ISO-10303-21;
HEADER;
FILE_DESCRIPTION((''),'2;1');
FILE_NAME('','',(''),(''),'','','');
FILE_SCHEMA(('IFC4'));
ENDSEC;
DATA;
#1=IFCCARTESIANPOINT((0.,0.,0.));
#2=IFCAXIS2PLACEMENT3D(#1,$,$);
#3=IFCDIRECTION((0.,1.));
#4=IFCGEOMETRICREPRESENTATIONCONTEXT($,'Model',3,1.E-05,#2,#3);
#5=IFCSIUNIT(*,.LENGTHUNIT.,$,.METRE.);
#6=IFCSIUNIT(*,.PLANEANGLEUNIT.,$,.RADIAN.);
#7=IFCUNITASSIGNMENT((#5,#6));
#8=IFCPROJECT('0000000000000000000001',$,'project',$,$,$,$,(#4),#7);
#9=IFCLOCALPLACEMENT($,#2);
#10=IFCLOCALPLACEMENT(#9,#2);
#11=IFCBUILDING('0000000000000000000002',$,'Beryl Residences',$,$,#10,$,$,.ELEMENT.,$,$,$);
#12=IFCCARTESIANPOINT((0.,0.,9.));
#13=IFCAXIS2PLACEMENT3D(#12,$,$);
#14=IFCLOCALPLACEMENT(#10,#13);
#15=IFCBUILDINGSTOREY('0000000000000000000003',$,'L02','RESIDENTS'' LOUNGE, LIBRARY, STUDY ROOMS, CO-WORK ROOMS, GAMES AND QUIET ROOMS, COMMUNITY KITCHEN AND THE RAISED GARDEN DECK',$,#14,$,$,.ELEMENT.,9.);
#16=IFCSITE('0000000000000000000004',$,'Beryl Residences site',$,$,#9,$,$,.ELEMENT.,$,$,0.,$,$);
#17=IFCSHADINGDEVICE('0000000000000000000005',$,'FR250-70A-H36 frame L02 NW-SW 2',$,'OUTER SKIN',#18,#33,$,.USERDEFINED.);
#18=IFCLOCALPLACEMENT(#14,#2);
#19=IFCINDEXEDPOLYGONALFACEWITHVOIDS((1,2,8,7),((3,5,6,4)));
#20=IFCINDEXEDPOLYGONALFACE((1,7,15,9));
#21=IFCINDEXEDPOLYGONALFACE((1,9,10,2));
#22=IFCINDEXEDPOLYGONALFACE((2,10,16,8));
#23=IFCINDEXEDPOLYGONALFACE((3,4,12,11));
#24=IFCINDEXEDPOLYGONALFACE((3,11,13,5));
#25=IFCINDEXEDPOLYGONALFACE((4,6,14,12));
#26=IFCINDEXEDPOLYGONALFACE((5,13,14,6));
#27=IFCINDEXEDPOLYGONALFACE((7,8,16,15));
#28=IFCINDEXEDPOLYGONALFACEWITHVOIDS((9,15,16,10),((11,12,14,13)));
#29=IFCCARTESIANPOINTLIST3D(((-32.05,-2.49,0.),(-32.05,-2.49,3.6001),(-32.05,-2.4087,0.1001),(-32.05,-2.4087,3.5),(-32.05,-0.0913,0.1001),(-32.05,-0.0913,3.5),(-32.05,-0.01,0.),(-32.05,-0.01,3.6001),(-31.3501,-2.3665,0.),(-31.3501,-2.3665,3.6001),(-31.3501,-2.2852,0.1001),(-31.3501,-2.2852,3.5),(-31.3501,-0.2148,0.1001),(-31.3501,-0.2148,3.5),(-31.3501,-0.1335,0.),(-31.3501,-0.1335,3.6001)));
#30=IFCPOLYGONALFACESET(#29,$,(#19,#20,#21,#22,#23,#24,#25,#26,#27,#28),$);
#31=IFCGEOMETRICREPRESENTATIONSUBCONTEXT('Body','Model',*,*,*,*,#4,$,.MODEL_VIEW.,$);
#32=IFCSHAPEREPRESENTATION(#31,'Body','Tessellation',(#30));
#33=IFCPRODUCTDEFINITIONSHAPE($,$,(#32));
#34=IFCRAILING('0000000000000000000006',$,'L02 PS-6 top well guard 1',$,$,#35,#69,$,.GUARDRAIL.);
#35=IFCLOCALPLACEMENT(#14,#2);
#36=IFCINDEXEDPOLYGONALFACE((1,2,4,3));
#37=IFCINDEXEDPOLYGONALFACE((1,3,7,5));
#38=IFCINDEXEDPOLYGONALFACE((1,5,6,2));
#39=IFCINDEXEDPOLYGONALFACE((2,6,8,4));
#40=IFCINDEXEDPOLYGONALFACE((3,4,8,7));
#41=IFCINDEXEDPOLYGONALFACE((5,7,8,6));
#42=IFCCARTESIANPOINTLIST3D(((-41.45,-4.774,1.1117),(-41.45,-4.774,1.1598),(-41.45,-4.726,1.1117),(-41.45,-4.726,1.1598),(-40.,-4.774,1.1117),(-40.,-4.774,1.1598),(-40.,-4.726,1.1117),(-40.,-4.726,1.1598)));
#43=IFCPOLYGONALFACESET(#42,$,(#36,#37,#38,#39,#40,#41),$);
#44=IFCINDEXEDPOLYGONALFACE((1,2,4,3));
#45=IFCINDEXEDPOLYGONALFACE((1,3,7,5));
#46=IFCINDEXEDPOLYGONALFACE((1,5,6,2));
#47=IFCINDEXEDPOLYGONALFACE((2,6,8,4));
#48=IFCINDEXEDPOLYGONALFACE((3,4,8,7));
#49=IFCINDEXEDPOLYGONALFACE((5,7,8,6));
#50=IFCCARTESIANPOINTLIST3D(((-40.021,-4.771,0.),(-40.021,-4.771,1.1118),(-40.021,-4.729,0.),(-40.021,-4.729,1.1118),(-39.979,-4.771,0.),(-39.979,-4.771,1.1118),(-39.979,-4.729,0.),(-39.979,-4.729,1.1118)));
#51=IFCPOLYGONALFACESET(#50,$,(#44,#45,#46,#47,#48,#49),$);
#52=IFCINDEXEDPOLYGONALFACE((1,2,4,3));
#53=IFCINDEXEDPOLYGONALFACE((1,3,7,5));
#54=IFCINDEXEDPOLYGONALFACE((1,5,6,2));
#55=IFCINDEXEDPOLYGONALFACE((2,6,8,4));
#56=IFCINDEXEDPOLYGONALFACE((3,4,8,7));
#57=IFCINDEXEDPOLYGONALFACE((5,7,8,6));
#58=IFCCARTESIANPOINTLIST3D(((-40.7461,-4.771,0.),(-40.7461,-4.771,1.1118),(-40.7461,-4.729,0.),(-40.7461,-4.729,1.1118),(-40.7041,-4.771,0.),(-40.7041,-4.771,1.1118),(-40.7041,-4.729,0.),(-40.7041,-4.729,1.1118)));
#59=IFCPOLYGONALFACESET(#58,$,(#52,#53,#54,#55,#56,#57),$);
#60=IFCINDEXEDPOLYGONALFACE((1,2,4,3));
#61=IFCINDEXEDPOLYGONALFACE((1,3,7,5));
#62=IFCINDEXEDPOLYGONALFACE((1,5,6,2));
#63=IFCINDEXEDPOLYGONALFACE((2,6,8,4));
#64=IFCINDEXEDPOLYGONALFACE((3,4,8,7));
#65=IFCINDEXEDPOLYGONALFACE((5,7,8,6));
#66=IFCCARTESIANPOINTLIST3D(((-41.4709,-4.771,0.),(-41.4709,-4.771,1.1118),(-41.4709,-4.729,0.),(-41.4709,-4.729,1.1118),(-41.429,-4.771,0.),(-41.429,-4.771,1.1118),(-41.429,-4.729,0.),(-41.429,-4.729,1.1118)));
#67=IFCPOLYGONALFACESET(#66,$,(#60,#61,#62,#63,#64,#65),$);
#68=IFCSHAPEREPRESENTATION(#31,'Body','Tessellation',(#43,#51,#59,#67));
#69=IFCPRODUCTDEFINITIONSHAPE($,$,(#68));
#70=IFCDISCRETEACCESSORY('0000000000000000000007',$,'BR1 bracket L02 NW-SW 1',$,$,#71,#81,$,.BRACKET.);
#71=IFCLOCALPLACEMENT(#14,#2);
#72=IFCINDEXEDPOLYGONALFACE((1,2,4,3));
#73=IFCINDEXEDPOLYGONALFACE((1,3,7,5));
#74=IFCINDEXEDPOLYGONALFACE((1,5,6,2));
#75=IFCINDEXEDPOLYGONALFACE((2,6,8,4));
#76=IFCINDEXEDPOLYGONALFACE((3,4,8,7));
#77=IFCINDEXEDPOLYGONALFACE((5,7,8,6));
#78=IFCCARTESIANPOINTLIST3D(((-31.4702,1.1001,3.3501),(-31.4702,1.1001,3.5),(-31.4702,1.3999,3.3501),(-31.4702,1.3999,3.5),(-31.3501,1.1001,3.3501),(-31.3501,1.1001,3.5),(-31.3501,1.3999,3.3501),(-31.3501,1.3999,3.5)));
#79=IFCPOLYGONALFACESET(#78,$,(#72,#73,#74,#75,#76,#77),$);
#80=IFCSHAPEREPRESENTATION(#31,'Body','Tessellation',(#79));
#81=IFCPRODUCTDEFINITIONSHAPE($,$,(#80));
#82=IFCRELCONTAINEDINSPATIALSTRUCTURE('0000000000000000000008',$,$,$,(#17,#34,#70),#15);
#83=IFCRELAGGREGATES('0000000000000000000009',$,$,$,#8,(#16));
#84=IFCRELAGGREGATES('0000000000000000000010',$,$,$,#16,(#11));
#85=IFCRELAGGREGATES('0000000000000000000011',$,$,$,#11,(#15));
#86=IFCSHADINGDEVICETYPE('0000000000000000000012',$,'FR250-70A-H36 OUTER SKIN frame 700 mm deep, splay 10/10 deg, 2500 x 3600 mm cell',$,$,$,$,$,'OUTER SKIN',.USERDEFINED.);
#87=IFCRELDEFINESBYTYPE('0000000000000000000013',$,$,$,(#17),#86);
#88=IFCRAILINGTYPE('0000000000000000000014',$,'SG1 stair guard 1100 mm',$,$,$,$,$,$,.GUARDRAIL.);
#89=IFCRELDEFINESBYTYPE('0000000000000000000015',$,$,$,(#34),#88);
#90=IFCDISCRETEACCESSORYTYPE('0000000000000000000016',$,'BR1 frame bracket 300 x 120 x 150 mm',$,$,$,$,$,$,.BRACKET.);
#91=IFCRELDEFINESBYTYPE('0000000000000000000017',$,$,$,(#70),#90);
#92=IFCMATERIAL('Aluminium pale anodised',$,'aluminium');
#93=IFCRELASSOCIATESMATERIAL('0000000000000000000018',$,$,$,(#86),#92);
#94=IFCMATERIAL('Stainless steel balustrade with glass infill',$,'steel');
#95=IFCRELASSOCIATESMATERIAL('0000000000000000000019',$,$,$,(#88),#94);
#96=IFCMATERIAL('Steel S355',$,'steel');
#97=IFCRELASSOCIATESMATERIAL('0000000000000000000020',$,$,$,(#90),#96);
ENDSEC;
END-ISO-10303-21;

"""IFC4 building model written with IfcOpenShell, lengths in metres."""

from ifc_helpers import new_model, entity, si_unit, direction, frame, origin, origin_2d, place, context, subcontext, project, spatial, polyline, rectangle, outline, extrude, source, transform, mapped, material, type_object, type_shapes, element, save


model = new_model("IFC4")

# Units and contexts
model_context = context("Model", 3, precision=1e-05, world=origin(), true_north=direction((0.0, 1.0)))
body_context = subcontext(model_context, "Body", "Model", "MODEL_VIEW")
ifc_project = project(units=[si_unit("LENGTHUNIT", "METRE"), si_unit("PLANEANGLEUNIT", "RADIAN")], contexts=[model_context])

# Site, building, storey
site_placement = place(None, origin())
site = spatial("IfcSite", under=ifc_project, at=site_placement, Name="Beryl Residences site", CompositionType="ELEMENT", RefElevation=0.0)
building_placement = place(site_placement, origin())
building = spatial("IfcBuilding", under=site, at=building_placement, Name="Beryl Residences", CompositionType="ELEMENT")
storey_placement = place(building_placement, frame((0.0, 0.0, 9.0)))
storey = spatial("IfcBuildingStorey", under=building, at=storey_placement, Name="L02", Description="RESIDENTS' LOUNGE, LIBRARY, STUDY ROOMS, CO-WORK ROOMS, GAMES AND QUIET ROOMS, COMMUNITY KITCHEN AND THE RAISED GARDEN DECK", CompositionType="ELEMENT", Elevation=9.0)

# Shading device
ifc_material_1 = material(Name="Aluminium pale anodised", Category="aluminium")
shading_device_type = type_object("IfcShadingDeviceType", Name="FR250-70A-H36 OUTER SKIN frame 700 mm deep, splay 10/10 deg, 2500 x 3600 mm cell", ElementType="OUTER SKIN", PredefinedType="USERDEFINED", material=ifc_material_1)
cartesian_point_1 = entity("IfcCartesianPoint", [-1.1165, 0.0])
cartesian_point_2 = entity("IfcCartesianPoint", [-1.0352, 0.1001])
cartesian_point_3 = entity("IfcCartesianPoint", [-1.24, 0.0])
cartesian_point_4 = entity("IfcCartesianPoint", [-1.1587, 0.1001])
shared_shape_1 = source(origin(), body_context, "Body", "SweptSolid", [
    entity("IfcExtrudedAreaSolidTapered", entity("IfcArbitraryProfileDefWithVoids", "AREA", None, entity("IfcPolyline", [cartesian_point_1, entity("IfcCartesianPoint", [1.1165, 0.0]), entity("IfcCartesianPoint", [1.1165, 3.6001]), entity("IfcCartesianPoint", [-1.1165, 3.6001]), cartesian_point_1]), [entity("IfcPolyline", [cartesian_point_2, entity("IfcCartesianPoint", [1.0352, 0.1001]), entity("IfcCartesianPoint", [1.0352, 3.5]), entity("IfcCartesianPoint", [-1.0352, 3.5]), cartesian_point_2])]), entity("IfcAxis2Placement3D", entity("IfcCartesianPoint", [0.0, 0.0, 0.0]), entity("IfcDirection", [0.0, 1.0, 0.0]), entity("IfcDirection", [-1.0, 0.0, 0.0])), entity("IfcDirection", [0.0, 0.0, 1.0]), 0.7, entity("IfcArbitraryProfileDefWithVoids", "AREA", None, entity("IfcPolyline", [cartesian_point_3, entity("IfcCartesianPoint", [1.24, 0.0]), entity("IfcCartesianPoint", [1.24, 3.6001]), entity("IfcCartesianPoint", [-1.24, 3.6001]), cartesian_point_3]), [entity("IfcPolyline", [cartesian_point_4, entity("IfcCartesianPoint", [1.1587, 0.1001]), entity("IfcCartesianPoint", [1.1587, 3.5]), entity("IfcCartesianPoint", [-1.1587, 3.5]), cartesian_point_4])])),
])
type_shapes(shading_device_type, [shared_shape_1])
for number, where, z_axis, x_axis, name in (
    (1, (-31.3501, -1.25, 0.0), (0.0, 0.0, 1.0), (0.0, 1.0, 0.0), "FR250-70A-H36 frame L02 NW-SW 2"),
):
    element("IfcShadingDevice", number, at=place(storey_placement, frame(where, z_axis=z_axis, x_axis=x_axis)), inside=storey, type_object=shading_device_type, Name=name, ObjectType="OUTER SKIN", PredefinedType="USERDEFINED", context=body_context, shape_type="MappedRepresentation", body=[
        mapped(shared_shape_1, transform((0.0, 0.0, 0.0))),
    ])

# Railing
ifc_material_2 = material(Name="Stainless steel balustrade with glass infill", Category="steel")
railing_type = type_object("IfcRailingType", Name="SG1 stair guard 1100 mm", PredefinedType="GUARDRAIL", material=ifc_material_2)
railing_placement = place(storey_placement, frame((-40.0, -4.75, 0.0)))
element("IfcRailing", 2, at=railing_placement, inside=storey, type_object=railing_type, Name="L02 PS-6 top well guard 1", PredefinedType="GUARDRAIL", context=body_context, shape_type="SweptSolid", body=[
    extrude(rectangle(XDim=0.0481, YDim=0.0481, at=origin_2d()), frame((0.0, 0.0, 1.1357), z_axis=(-1.0, 0.0, 0.0), x_axis=(0.0, -1.0, 0.0)), (0.0, 0.0, 1.0), 1.45),
    extrude(rectangle(XDim=0.042, YDim=0.042, at=origin_2d()), origin(), (0.0, 0.0, 1.0), 1.1118),
    extrude(rectangle(XDim=0.042, YDim=0.042, at=origin_2d()), frame((-0.7251, 0.0, 0.0)), (0.0, 0.0, 1.0), 1.1118),
    extrude(rectangle(XDim=0.042, YDim=0.042, at=origin_2d()), frame((-1.45, 0.0, 0.0)), (0.0, 0.0, 1.0), 1.1118),
])

# Discrete accessory
ifc_material_3 = material(Name="Steel S355", Category="steel")
discrete_accessory_type = type_object("IfcDiscreteAccessoryType", Name="BR1 frame bracket 300 x 120 x 150 mm", PredefinedType="BRACKET", material=ifc_material_3)
shared_shape_2 = source(origin(), body_context, "Body", "SweptSolid", [
    extrude(outline(polyline([(-0.1499, 0.0), (0.1499, 0.0), (0.1499, 0.1201), (-0.1499, 0.1201), (-0.1499, 0.0)])), origin(), (0.0, 0.0, 1.0), 0.1499),
])
type_shapes(discrete_accessory_type, [shared_shape_2])
discrete_accessory_placement = place(storey_placement, frame((-31.3501, 1.25, 3.3501), z_axis=(0.0, 0.0, 1.0), x_axis=(0.0, 1.0, 0.0)))
element("IfcDiscreteAccessory", 3, at=discrete_accessory_placement, inside=storey, type_object=discrete_accessory_type, Name="BR1 bracket L02 NW-SW 1", PredefinedType="BRACKET", context=body_context, shape_type="MappedRepresentation", body=[
    mapped(shared_shape_2, transform((0.0, 0.0, 0.0))),
])

save(model, "model.ifc")
